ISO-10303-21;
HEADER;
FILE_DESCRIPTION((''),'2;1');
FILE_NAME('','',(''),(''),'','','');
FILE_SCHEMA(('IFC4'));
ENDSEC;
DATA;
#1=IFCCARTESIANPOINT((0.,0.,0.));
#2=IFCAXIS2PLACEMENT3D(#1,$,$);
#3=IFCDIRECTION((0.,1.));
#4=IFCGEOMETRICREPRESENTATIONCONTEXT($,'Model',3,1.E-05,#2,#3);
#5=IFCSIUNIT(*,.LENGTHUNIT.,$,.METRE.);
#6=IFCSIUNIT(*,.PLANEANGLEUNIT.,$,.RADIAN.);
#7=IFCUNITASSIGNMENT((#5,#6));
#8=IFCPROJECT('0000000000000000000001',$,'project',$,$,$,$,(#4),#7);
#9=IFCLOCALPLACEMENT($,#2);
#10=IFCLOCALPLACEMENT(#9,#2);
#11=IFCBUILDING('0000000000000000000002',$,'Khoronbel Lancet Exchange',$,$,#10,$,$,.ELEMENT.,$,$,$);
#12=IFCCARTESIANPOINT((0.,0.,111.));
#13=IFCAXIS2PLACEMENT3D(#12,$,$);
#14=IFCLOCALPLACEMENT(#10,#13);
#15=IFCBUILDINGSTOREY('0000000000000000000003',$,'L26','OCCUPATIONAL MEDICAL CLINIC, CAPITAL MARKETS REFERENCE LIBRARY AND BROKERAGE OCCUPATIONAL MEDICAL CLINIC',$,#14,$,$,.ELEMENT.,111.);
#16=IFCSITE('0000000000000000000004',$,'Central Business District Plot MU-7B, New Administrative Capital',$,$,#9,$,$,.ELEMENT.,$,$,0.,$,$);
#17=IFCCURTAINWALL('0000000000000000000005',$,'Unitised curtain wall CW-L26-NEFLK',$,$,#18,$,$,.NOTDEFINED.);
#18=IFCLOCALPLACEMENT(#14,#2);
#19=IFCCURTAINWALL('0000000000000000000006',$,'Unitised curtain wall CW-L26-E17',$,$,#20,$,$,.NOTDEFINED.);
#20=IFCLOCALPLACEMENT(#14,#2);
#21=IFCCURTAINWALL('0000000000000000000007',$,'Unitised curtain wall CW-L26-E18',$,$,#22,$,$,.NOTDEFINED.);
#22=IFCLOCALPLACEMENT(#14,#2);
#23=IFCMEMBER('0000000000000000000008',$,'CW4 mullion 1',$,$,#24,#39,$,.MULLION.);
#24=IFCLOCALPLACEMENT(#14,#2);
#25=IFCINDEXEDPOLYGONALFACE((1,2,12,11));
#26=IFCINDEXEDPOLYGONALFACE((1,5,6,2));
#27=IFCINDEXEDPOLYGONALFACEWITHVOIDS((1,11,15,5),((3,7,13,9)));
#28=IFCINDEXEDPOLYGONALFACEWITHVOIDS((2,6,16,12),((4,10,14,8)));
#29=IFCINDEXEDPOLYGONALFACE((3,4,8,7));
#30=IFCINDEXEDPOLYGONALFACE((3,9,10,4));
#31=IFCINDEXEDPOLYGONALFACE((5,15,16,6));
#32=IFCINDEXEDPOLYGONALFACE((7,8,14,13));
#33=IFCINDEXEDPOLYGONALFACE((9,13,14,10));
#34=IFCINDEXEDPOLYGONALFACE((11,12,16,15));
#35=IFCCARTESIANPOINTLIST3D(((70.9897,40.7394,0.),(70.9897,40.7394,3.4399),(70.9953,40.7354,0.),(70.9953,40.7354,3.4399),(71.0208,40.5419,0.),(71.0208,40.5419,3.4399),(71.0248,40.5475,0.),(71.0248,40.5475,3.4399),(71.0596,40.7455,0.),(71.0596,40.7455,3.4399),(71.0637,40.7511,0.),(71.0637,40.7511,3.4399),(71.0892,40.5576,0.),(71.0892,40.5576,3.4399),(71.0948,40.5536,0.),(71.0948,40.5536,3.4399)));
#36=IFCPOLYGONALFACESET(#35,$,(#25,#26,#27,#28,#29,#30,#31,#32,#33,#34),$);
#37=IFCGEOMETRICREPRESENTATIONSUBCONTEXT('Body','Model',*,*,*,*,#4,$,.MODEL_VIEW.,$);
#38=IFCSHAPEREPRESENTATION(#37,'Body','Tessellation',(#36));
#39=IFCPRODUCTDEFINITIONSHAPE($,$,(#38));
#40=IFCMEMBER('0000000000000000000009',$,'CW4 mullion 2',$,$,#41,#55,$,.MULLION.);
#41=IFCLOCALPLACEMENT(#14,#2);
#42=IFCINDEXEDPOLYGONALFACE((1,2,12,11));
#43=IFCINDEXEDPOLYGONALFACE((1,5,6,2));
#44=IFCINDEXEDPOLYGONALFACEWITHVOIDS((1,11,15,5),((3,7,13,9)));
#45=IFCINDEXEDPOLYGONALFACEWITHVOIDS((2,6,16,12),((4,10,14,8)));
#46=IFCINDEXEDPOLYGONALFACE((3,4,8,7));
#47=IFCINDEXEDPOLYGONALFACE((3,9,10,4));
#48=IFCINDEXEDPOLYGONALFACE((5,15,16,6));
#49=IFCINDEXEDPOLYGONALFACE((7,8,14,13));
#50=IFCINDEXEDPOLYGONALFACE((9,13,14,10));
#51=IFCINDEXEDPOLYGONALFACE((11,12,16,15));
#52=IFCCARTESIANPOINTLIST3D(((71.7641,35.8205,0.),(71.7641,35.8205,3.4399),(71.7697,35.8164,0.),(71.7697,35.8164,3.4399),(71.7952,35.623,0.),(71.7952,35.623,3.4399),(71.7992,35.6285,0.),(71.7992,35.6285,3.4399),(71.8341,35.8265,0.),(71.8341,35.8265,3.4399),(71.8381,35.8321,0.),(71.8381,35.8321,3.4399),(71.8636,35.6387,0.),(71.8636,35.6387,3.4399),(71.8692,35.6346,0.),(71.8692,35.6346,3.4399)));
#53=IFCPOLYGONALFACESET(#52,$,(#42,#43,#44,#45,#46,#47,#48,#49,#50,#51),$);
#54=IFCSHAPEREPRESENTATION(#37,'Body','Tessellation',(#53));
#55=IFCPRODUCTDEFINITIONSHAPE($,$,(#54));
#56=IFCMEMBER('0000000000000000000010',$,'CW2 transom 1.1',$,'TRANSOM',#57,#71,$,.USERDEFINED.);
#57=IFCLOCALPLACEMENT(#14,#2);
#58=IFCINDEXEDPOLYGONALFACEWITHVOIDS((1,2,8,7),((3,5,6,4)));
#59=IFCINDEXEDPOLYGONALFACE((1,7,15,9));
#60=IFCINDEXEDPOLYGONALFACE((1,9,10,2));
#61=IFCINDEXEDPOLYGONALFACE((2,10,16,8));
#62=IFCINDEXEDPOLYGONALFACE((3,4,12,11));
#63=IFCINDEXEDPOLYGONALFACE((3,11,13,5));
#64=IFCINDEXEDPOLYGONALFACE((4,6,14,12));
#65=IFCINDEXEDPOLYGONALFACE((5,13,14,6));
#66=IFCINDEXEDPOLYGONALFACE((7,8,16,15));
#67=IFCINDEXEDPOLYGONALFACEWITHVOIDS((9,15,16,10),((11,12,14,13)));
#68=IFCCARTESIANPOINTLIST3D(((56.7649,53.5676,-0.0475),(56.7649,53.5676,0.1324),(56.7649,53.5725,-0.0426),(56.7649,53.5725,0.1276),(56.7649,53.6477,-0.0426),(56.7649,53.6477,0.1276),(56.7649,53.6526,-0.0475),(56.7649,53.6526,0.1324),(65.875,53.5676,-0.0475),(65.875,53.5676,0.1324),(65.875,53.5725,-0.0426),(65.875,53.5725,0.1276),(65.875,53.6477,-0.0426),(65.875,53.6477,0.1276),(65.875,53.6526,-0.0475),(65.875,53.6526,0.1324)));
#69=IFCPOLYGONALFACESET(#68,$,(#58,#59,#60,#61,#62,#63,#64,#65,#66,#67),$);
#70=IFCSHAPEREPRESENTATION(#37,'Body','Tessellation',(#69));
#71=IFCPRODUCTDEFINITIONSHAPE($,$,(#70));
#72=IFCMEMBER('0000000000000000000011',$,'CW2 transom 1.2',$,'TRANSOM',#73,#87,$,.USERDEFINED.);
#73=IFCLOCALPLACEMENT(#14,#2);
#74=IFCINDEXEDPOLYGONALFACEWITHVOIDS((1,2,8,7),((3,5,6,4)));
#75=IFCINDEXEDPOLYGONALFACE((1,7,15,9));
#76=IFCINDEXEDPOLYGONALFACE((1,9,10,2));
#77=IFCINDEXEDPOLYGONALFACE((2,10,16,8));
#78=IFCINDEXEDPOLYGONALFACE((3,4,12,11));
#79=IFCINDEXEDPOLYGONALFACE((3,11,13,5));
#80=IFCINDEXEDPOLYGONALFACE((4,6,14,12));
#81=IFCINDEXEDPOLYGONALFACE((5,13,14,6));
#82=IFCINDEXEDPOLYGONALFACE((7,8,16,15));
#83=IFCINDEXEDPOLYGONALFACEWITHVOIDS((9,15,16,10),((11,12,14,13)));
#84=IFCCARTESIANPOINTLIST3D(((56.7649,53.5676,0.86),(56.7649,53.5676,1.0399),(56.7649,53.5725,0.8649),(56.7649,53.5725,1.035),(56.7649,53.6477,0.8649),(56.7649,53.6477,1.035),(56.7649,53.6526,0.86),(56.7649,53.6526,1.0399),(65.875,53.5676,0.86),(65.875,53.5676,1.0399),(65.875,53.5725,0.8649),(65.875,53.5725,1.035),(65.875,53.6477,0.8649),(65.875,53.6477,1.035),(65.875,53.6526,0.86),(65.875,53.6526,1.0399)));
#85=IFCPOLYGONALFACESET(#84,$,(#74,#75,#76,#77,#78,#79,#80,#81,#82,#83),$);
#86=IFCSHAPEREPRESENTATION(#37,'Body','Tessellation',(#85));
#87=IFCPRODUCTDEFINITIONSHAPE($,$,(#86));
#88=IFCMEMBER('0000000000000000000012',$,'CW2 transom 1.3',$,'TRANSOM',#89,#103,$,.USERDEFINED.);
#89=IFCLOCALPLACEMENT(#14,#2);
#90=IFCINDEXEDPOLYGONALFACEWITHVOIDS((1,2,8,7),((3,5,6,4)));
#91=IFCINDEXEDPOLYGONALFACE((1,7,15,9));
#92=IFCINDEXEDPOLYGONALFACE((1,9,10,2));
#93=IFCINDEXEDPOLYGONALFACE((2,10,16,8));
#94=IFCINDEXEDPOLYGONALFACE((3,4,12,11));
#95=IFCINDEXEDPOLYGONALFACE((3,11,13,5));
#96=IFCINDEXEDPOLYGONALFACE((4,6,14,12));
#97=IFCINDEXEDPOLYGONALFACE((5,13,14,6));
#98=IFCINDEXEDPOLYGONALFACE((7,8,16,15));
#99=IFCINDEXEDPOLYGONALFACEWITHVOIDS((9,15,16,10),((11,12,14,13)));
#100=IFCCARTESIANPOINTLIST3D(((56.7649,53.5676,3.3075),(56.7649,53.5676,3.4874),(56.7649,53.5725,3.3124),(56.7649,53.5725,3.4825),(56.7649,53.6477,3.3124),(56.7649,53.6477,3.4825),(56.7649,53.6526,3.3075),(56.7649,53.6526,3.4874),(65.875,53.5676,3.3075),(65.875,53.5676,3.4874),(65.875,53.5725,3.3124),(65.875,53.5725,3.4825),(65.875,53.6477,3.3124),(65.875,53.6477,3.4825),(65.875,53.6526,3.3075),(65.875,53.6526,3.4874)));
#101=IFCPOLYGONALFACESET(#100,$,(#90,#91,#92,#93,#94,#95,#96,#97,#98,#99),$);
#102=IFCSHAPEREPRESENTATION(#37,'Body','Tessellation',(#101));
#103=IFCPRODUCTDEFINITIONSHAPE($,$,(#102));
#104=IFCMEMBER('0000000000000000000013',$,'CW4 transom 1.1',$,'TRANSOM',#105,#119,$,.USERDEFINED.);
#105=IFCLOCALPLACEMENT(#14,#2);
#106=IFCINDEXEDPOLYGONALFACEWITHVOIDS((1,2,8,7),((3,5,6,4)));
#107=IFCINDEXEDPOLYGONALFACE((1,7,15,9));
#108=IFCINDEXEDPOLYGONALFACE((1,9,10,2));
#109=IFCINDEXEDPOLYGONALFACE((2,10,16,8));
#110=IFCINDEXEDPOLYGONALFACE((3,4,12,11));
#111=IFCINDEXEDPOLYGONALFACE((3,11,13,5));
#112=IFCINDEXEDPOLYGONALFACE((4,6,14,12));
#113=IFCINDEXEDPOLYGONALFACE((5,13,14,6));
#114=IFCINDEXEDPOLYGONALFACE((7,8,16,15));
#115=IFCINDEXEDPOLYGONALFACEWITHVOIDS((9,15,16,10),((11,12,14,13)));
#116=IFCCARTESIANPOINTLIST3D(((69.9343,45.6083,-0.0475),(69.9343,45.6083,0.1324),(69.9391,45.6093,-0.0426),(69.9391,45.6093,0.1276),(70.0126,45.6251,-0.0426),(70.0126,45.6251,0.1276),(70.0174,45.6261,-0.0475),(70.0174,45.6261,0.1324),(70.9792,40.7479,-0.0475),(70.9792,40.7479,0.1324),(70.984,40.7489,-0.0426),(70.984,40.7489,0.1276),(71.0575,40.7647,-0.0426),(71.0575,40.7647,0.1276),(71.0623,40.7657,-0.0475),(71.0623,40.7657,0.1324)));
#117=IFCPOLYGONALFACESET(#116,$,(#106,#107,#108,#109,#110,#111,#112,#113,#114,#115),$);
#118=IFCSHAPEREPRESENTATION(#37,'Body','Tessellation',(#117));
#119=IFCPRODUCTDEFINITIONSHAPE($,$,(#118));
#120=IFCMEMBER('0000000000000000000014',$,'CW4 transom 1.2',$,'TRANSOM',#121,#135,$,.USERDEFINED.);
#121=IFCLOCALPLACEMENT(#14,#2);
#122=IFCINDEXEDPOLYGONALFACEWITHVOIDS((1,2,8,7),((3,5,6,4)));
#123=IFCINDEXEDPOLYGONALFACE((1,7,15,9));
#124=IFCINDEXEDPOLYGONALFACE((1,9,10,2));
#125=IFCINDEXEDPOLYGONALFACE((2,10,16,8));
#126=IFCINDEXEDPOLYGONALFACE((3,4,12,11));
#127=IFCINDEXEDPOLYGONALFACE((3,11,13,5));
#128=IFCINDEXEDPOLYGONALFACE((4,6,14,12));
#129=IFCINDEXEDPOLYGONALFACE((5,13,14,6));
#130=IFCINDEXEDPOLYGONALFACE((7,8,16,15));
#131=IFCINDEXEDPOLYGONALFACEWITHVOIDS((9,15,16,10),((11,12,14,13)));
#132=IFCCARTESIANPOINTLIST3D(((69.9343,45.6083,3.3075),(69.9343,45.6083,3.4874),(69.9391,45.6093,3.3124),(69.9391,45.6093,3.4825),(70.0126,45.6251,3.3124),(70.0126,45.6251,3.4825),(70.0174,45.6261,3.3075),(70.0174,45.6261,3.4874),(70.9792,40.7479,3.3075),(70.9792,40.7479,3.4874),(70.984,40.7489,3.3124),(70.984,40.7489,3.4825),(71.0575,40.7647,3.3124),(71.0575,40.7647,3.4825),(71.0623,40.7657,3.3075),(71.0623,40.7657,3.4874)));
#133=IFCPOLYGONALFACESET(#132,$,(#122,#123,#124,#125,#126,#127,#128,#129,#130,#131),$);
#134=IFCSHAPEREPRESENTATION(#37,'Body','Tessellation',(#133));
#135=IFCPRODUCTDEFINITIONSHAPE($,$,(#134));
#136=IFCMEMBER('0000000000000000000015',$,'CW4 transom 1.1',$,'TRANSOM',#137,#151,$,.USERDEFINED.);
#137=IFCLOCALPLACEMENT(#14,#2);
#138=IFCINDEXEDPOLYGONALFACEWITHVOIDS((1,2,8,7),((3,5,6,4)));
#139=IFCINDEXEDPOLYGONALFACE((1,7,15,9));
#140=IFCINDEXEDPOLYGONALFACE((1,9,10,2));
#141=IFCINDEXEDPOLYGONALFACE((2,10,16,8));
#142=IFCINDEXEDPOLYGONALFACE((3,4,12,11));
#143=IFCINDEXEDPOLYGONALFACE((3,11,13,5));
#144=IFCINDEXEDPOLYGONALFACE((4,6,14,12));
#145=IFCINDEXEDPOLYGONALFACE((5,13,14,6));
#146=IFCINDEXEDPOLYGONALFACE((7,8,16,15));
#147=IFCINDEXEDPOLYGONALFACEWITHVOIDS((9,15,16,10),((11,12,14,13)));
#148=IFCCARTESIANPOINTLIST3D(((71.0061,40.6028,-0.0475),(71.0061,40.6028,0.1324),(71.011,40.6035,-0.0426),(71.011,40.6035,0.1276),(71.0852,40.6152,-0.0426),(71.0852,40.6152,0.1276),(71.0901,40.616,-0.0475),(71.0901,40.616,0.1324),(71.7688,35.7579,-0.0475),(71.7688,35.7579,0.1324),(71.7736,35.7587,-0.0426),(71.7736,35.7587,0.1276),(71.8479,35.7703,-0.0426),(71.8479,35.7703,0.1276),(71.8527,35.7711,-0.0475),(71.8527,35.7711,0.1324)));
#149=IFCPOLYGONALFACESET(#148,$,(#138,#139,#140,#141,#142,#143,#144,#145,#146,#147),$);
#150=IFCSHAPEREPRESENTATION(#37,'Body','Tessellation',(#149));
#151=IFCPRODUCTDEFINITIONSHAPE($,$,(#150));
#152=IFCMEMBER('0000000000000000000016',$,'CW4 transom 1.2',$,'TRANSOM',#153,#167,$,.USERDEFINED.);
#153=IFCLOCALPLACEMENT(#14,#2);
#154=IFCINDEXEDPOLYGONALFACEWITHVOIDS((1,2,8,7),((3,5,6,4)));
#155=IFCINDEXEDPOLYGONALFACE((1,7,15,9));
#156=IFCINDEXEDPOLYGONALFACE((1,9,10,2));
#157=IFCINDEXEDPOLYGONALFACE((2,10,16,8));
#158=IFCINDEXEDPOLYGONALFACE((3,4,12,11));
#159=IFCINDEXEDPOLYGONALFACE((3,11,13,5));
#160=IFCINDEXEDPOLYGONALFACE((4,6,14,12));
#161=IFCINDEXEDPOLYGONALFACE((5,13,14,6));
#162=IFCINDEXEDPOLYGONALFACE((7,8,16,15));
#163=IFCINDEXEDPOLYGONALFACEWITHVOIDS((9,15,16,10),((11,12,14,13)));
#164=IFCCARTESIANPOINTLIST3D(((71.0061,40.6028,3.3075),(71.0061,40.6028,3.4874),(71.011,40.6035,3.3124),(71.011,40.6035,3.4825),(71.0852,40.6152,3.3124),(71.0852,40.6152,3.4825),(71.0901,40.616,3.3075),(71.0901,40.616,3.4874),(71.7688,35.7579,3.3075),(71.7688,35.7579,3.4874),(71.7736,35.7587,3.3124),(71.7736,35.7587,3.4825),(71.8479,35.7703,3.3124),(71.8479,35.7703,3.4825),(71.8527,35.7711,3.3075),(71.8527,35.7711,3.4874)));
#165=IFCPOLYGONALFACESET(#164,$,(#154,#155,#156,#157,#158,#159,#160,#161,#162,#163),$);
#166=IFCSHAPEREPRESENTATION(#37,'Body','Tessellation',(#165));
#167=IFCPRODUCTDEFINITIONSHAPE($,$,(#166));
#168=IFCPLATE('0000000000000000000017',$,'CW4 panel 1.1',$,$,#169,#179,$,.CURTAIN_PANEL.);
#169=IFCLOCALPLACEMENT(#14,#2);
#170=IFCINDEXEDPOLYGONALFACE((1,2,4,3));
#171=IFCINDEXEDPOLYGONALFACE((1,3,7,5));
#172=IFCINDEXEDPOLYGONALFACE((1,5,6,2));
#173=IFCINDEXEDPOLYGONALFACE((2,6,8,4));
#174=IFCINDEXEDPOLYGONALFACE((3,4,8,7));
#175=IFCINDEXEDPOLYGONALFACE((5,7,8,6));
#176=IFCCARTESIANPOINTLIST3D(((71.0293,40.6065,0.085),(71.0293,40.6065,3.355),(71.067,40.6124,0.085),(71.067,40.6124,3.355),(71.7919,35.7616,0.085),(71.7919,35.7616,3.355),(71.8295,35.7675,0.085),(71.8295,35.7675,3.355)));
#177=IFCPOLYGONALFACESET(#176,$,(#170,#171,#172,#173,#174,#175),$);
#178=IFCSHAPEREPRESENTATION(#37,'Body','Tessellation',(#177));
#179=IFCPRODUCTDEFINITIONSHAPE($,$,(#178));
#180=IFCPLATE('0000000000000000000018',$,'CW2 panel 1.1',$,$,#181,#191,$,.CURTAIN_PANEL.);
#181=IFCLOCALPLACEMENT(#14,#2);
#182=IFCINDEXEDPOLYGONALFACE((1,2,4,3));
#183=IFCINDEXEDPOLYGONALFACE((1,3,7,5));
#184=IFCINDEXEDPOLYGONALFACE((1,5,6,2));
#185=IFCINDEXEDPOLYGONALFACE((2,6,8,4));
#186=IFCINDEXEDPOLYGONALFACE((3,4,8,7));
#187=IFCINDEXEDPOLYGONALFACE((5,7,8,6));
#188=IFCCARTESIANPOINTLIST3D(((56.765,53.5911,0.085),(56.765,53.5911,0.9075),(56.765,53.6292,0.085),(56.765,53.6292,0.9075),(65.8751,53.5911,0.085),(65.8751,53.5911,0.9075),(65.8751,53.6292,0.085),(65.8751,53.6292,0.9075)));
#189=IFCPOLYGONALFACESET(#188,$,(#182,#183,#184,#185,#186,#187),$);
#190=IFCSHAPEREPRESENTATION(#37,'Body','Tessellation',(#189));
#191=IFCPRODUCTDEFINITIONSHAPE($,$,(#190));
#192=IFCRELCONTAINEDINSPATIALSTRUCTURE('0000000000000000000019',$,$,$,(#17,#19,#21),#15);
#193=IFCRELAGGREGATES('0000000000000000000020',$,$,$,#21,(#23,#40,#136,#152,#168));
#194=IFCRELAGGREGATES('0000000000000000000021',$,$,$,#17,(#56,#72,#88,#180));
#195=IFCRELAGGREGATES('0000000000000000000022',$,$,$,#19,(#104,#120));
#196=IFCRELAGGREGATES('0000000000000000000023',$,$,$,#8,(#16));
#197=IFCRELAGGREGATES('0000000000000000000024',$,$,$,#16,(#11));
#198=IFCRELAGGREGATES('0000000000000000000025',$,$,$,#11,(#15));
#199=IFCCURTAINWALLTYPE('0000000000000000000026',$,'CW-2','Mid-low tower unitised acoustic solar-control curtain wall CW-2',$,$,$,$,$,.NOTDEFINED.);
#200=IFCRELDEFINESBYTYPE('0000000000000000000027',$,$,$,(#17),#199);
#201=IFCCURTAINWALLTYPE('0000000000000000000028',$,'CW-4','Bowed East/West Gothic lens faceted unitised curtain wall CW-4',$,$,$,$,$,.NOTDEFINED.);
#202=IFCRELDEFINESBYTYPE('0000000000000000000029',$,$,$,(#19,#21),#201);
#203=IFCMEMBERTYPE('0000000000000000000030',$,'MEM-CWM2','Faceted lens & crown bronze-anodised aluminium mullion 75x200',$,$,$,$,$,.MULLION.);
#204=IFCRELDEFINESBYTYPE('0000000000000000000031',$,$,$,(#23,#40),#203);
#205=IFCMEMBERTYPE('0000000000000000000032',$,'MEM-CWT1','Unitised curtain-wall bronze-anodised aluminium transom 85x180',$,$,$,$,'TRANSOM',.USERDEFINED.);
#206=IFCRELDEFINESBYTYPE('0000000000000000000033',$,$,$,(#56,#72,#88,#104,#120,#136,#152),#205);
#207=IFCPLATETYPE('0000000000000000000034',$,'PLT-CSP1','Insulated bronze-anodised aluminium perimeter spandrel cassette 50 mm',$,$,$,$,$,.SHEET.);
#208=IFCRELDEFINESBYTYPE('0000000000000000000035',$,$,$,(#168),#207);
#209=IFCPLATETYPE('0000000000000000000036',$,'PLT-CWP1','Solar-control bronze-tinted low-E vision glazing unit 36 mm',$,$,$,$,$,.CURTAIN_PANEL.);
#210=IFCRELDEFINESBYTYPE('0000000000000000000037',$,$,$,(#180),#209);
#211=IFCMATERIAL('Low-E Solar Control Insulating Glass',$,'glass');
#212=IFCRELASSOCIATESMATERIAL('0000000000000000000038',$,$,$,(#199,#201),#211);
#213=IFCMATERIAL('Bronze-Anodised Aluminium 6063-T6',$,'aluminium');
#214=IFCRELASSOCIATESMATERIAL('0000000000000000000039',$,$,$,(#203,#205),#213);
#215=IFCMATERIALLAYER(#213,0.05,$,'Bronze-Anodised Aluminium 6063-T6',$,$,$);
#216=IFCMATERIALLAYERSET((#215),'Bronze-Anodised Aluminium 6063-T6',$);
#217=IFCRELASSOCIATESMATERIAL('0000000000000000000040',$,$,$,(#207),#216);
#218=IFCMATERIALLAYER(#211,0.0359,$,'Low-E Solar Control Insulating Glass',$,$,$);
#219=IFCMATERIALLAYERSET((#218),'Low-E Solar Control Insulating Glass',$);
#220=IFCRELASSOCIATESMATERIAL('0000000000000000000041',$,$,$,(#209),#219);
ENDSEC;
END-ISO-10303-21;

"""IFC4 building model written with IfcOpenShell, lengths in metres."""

from ifc_helpers import new_model, si_unit, direction, frame, origin, origin_2d, place, context, subcontext, project, spatial, rectangle, hollow_rectangle, extrude, material, layer, layer_set, material_profile, profile_set, type_object, element, aggregate, save


model = new_model("IFC4")

# Units and contexts
model_context = context("Model", 3, precision=1e-05, world=origin(), true_north=direction((0.0, 1.0)))
body_context = subcontext(model_context, "Body", "Model", "MODEL_VIEW")
ifc_project = project(units=[si_unit("LENGTHUNIT", "METRE"), si_unit("PLANEANGLEUNIT", "RADIAN")], contexts=[model_context])

# Site, building, storey
site_placement = place(None, origin())
site = spatial("IfcSite", under=ifc_project, at=site_placement, Name="Central Business District Plot MU-7B, New Administrative Capital", CompositionType="ELEMENT", RefElevation=0.0)
building_placement = place(site_placement, origin())
building = spatial("IfcBuilding", under=site, at=building_placement, Name="Khoronbel Lancet Exchange", CompositionType="ELEMENT")
storey_placement = place(building_placement, frame((0.0, 0.0, 111.0)))
storey = spatial("IfcBuildingStorey", under=building, at=storey_placement, Name="L26", Description="OCCUPATIONAL MEDICAL CLINIC, CAPITAL MARKETS REFERENCE LIBRARY AND BROKERAGE OCCUPATIONAL MEDICAL CLINIC", CompositionType="ELEMENT", Elevation=111.0)

# Curtain wall
ifc_material_1 = material(Name="Low-E Solar Control Insulating Glass", Category="glass")
curtain_wall_type_1 = type_object("IfcCurtainWallType", Name="CW-2", Description="Mid-low tower unitised acoustic solar-control curtain wall CW-2", PredefinedType="NOTDEFINED", material=ifc_material_1)
curtain_wall_1_placement = place(storey_placement, origin())
curtain_wall_1 = element("IfcCurtainWall", 1, at=curtain_wall_1_placement, inside=storey, type_object=curtain_wall_type_1, Name="Unitised curtain wall CW-L26-NEFLK", PredefinedType="NOTDEFINED")
ifc_material_2 = material(Name="Bronze-Anodised Aluminium 6063-T6", Category="aluminium")

# Curtain walls, members
curtain_wall_type_2 = type_object("IfcCurtainWallType", Name="CW-4", Description="Bowed East/West Gothic lens faceted unitised curtain wall CW-4", PredefinedType="NOTDEFINED", material=ifc_material_1)
curtain_wall_2_placement = place(storey_placement, origin())
curtain_wall_2 = element("IfcCurtainWall", 2, at=curtain_wall_2_placement, inside=storey, type_object=curtain_wall_type_2, Name="Unitised curtain wall CW-L26-E17", PredefinedType="NOTDEFINED")
ifc_material_profile_1 = material_profile(ifc_material_2, hollow_rectangle(XDim=0.075, YDim=0.2, WallThickness=0.0049, at=origin_2d()), Name="ALU MULLION 75x200")
ifc_profile_set_1 = profile_set([ifc_material_profile_1], Name="Bronze-Anodised Aluminium 6063-T6")
member_type_1 = type_object("IfcMemberType", Name="MEM-CWM2", Description="Faceted lens & crown bronze-anodised aluminium mullion 75x200", PredefinedType="MULLION", material=ifc_profile_set_1)
curtain_wall_3_placement = place(storey_placement, origin())
curtain_wall_3 = element("IfcCurtainWall", 3, at=curtain_wall_3_placement, inside=storey, type_object=curtain_wall_type_2, Name="Unitised curtain wall CW-L26-E18", PredefinedType="NOTDEFINED")
member_1_placement = place(storey_placement, frame((71.0422, 40.6465, 0.0), z_axis=(0.0, 0.0, 1.0), x_axis=(0.987839, 0.155483, 0.0)))
member_1 = element("IfcMember", 4, at=member_1_placement, type_object=member_type_1, Name="CW4 mullion 1", PredefinedType="MULLION", context=body_context, shape_type="SweptSolid", body=[
    extrude(hollow_rectangle(XDim=0.075, YDim=0.2, WallThickness=0.0049, at=origin_2d()), origin(), (0.0, 0.0, 1.0), 3.4399),
])
member_2_placement = place(storey_placement, frame((71.8167, 35.7275, 0.0), z_axis=(0.0, 0.0, 1.0), x_axis=(0.987839, 0.155483, 0.0)))
member_2 = element("IfcMember", 5, at=member_2_placement, type_object=member_type_1, Name="CW4 mullion 2", PredefinedType="MULLION", context=body_context, shape_type="SweptSolid", body=[
    extrude(hollow_rectangle(XDim=0.075, YDim=0.2, WallThickness=0.0049, at=origin_2d()), origin(), (0.0, 0.0, 1.0), 3.4399),
])

# Members
ifc_material_profile_2 = material_profile(ifc_material_2, hollow_rectangle(XDim=0.085, YDim=0.1799, WallThickness=0.0049, at=origin_2d()), Name="ALU TRANSOM 85x180")
ifc_profile_set_2 = profile_set([ifc_material_profile_2], Name="Bronze-Anodised Aluminium 6063-T6")
member_type_2 = type_object("IfcMemberType", Name="MEM-CWT1", Description="Unitised curtain-wall bronze-anodised aluminium transom 85x180", ElementType="TRANSOM", PredefinedType="USERDEFINED", material=ifc_profile_set_2)
member_3_placement = place(storey_placement, frame((65.875, 53.6101, 0.0425), z_axis=(-1.0, 0.0, 0.0), x_axis=(0.0, -1.0, 0.0)))
member_3 = element("IfcMember", 6, at=member_3_placement, type_object=member_type_2, Name="CW2 transom 1.1", ObjectType="TRANSOM", PredefinedType="USERDEFINED", context=body_context, shape_type="SweptSolid", body=[
    extrude(hollow_rectangle(XDim=0.085, YDim=0.1799, WallThickness=0.0049, at=origin_2d()), origin(), (0.0, 0.0, 1.0), 9.1101),
])
member_4_placement = place(storey_placement, frame((65.875, 53.6101, 0.95), z_axis=(-1.0, 0.0, 0.0), x_axis=(0.0, -1.0, 0.0)))
member_4 = element("IfcMember", 7, at=member_4_placement, type_object=member_type_2, Name="CW2 transom 1.2", ObjectType="TRANSOM", PredefinedType="USERDEFINED", context=body_context, shape_type="SweptSolid", body=[
    extrude(hollow_rectangle(XDim=0.085, YDim=0.1799, WallThickness=0.0049, at=origin_2d()), origin(), (0.0, 0.0, 1.0), 9.1101),
])
member_5_placement = place(storey_placement, frame((65.875, 53.6101, 3.3975), z_axis=(-1.0, 0.0, 0.0), x_axis=(0.0, -1.0, 0.0)))
member_5 = element("IfcMember", 8, at=member_5_placement, type_object=member_type_2, Name="CW2 transom 1.3", ObjectType="TRANSOM", PredefinedType="USERDEFINED", context=body_context, shape_type="SweptSolid", body=[
    extrude(hollow_rectangle(XDim=0.085, YDim=0.1799, WallThickness=0.0049, at=origin_2d()), origin(), (0.0, 0.0, 1.0), 9.1101),
])
member_6_placement = place(storey_placement, frame((69.9758, 45.6172, 0.0425), z_axis=(0.210186, -0.977661, 0.0), x_axis=(0.977661, 0.210186, 0.0)))
member_6 = element("IfcMember", 9, at=member_6_placement, type_object=member_type_2, Name="CW4 transom 1.1", ObjectType="TRANSOM", PredefinedType="USERDEFINED", context=body_context, shape_type="SweptSolid", body=[
    extrude(hollow_rectangle(XDim=0.085, YDim=0.1799, WallThickness=0.0049, at=origin_2d()), origin(), (0.0, 0.0, 1.0), 4.9714),
])
member_7_placement = place(storey_placement, frame((69.9758, 45.6172, 3.3975), z_axis=(0.210186, -0.977661, 0.0), x_axis=(0.977661, 0.210186, 0.0)))
member_7 = element("IfcMember", 10, at=member_7_placement, type_object=member_type_2, Name="CW4 transom 1.2", ObjectType="TRANSOM", PredefinedType="USERDEFINED", context=body_context, shape_type="SweptSolid", body=[
    extrude(hollow_rectangle(XDim=0.085, YDim=0.1799, WallThickness=0.0049, at=origin_2d()), origin(), (0.0, 0.0, 1.0), 4.9714),
])
member_8_placement = place(storey_placement, frame((71.0481, 40.6094, 0.0425), z_axis=(0.155505, -0.987835, 0.0), x_axis=(0.987835, 0.155505, 0.0)))
member_8 = element("IfcMember", 11, at=member_8_placement, type_object=member_type_2, Name="CW4 transom 1.1", ObjectType="TRANSOM", PredefinedType="USERDEFINED", context=body_context, shape_type="SweptSolid", body=[
    extrude(hollow_rectangle(XDim=0.085, YDim=0.1799, WallThickness=0.0049, at=origin_2d()), origin(), (0.0, 0.0, 1.0), 4.9045),
])
member_9_placement = place(storey_placement, frame((71.0481, 40.6094, 3.3975), z_axis=(0.155505, -0.987835, 0.0), x_axis=(0.987835, 0.155505, 0.0)))
member_9 = element("IfcMember", 12, at=member_9_placement, type_object=member_type_2, Name="CW4 transom 1.2", ObjectType="TRANSOM", PredefinedType="USERDEFINED", context=body_context, shape_type="SweptSolid", body=[
    extrude(hollow_rectangle(XDim=0.085, YDim=0.1799, WallThickness=0.0049, at=origin_2d()), origin(), (0.0, 0.0, 1.0), 4.9045),
])

# Plates
ifc_layer_1 = layer(ifc_material_2, 0.05, Name="Bronze-Anodised Aluminium 6063-T6")
ifc_layer_set_1 = layer_set([ifc_layer_1], Name="Bronze-Anodised Aluminium 6063-T6")
plate_type_1 = type_object("IfcPlateType", Name="PLT-CSP1", Description="Insulated bronze-anodised aluminium perimeter spandrel cassette 50 mm", PredefinedType="SHEET", material=ifc_layer_set_1)
plate_1_placement = place(storey_placement, frame((71.4294, 38.187, 0.085), z_axis=(0.0, 0.0, 1.0), x_axis=(0.155483, -0.987839, 0.0)))
plate_1 = element("IfcPlate", 13, at=plate_1_placement, type_object=plate_type_1, Name="CW4 panel 1.1", PredefinedType="CURTAIN_PANEL", context=body_context, shape_type="SweptSolid", body=[
    extrude(rectangle(XDim=4.9045, YDim=0.0381, at=origin_2d()), origin(), (0.0, 0.0, 1.0), 3.27),
])
aggregate(curtain_wall_3, [member_1, member_2, member_8, member_9, plate_1])
ifc_layer_2 = layer(ifc_material_1, 0.0359, Name="Low-E Solar Control Insulating Glass")
ifc_layer_set_2 = layer_set([ifc_layer_2], Name="Low-E Solar Control Insulating Glass")
plate_type_2 = type_object("IfcPlateType", Name="PLT-CWP1", Description="Solar-control bronze-tinted low-E vision glazing unit 36 mm", PredefinedType="CURTAIN_PANEL", material=ifc_layer_set_2)
plate_2_placement = place(storey_placement, frame((61.3201, 53.6101, 0.085), z_axis=(0.0, 0.0, 1.0), x_axis=(-1.0, 0.0, 0.0)))
plate_2 = element("IfcPlate", 14, at=plate_2_placement, type_object=plate_type_2, Name="CW2 panel 1.1", PredefinedType="CURTAIN_PANEL", context=body_context, shape_type="SweptSolid", body=[
    extrude(rectangle(XDim=9.1101, YDim=0.0381, at=origin_2d()), origin(), (0.0, 0.0, 1.0), 0.8225),
])
aggregate(curtain_wall_1, [member_3, member_4, member_5, plate_2])
aggregate(curtain_wall_2, [member_6, member_7])

save(model, "model.ifc")
